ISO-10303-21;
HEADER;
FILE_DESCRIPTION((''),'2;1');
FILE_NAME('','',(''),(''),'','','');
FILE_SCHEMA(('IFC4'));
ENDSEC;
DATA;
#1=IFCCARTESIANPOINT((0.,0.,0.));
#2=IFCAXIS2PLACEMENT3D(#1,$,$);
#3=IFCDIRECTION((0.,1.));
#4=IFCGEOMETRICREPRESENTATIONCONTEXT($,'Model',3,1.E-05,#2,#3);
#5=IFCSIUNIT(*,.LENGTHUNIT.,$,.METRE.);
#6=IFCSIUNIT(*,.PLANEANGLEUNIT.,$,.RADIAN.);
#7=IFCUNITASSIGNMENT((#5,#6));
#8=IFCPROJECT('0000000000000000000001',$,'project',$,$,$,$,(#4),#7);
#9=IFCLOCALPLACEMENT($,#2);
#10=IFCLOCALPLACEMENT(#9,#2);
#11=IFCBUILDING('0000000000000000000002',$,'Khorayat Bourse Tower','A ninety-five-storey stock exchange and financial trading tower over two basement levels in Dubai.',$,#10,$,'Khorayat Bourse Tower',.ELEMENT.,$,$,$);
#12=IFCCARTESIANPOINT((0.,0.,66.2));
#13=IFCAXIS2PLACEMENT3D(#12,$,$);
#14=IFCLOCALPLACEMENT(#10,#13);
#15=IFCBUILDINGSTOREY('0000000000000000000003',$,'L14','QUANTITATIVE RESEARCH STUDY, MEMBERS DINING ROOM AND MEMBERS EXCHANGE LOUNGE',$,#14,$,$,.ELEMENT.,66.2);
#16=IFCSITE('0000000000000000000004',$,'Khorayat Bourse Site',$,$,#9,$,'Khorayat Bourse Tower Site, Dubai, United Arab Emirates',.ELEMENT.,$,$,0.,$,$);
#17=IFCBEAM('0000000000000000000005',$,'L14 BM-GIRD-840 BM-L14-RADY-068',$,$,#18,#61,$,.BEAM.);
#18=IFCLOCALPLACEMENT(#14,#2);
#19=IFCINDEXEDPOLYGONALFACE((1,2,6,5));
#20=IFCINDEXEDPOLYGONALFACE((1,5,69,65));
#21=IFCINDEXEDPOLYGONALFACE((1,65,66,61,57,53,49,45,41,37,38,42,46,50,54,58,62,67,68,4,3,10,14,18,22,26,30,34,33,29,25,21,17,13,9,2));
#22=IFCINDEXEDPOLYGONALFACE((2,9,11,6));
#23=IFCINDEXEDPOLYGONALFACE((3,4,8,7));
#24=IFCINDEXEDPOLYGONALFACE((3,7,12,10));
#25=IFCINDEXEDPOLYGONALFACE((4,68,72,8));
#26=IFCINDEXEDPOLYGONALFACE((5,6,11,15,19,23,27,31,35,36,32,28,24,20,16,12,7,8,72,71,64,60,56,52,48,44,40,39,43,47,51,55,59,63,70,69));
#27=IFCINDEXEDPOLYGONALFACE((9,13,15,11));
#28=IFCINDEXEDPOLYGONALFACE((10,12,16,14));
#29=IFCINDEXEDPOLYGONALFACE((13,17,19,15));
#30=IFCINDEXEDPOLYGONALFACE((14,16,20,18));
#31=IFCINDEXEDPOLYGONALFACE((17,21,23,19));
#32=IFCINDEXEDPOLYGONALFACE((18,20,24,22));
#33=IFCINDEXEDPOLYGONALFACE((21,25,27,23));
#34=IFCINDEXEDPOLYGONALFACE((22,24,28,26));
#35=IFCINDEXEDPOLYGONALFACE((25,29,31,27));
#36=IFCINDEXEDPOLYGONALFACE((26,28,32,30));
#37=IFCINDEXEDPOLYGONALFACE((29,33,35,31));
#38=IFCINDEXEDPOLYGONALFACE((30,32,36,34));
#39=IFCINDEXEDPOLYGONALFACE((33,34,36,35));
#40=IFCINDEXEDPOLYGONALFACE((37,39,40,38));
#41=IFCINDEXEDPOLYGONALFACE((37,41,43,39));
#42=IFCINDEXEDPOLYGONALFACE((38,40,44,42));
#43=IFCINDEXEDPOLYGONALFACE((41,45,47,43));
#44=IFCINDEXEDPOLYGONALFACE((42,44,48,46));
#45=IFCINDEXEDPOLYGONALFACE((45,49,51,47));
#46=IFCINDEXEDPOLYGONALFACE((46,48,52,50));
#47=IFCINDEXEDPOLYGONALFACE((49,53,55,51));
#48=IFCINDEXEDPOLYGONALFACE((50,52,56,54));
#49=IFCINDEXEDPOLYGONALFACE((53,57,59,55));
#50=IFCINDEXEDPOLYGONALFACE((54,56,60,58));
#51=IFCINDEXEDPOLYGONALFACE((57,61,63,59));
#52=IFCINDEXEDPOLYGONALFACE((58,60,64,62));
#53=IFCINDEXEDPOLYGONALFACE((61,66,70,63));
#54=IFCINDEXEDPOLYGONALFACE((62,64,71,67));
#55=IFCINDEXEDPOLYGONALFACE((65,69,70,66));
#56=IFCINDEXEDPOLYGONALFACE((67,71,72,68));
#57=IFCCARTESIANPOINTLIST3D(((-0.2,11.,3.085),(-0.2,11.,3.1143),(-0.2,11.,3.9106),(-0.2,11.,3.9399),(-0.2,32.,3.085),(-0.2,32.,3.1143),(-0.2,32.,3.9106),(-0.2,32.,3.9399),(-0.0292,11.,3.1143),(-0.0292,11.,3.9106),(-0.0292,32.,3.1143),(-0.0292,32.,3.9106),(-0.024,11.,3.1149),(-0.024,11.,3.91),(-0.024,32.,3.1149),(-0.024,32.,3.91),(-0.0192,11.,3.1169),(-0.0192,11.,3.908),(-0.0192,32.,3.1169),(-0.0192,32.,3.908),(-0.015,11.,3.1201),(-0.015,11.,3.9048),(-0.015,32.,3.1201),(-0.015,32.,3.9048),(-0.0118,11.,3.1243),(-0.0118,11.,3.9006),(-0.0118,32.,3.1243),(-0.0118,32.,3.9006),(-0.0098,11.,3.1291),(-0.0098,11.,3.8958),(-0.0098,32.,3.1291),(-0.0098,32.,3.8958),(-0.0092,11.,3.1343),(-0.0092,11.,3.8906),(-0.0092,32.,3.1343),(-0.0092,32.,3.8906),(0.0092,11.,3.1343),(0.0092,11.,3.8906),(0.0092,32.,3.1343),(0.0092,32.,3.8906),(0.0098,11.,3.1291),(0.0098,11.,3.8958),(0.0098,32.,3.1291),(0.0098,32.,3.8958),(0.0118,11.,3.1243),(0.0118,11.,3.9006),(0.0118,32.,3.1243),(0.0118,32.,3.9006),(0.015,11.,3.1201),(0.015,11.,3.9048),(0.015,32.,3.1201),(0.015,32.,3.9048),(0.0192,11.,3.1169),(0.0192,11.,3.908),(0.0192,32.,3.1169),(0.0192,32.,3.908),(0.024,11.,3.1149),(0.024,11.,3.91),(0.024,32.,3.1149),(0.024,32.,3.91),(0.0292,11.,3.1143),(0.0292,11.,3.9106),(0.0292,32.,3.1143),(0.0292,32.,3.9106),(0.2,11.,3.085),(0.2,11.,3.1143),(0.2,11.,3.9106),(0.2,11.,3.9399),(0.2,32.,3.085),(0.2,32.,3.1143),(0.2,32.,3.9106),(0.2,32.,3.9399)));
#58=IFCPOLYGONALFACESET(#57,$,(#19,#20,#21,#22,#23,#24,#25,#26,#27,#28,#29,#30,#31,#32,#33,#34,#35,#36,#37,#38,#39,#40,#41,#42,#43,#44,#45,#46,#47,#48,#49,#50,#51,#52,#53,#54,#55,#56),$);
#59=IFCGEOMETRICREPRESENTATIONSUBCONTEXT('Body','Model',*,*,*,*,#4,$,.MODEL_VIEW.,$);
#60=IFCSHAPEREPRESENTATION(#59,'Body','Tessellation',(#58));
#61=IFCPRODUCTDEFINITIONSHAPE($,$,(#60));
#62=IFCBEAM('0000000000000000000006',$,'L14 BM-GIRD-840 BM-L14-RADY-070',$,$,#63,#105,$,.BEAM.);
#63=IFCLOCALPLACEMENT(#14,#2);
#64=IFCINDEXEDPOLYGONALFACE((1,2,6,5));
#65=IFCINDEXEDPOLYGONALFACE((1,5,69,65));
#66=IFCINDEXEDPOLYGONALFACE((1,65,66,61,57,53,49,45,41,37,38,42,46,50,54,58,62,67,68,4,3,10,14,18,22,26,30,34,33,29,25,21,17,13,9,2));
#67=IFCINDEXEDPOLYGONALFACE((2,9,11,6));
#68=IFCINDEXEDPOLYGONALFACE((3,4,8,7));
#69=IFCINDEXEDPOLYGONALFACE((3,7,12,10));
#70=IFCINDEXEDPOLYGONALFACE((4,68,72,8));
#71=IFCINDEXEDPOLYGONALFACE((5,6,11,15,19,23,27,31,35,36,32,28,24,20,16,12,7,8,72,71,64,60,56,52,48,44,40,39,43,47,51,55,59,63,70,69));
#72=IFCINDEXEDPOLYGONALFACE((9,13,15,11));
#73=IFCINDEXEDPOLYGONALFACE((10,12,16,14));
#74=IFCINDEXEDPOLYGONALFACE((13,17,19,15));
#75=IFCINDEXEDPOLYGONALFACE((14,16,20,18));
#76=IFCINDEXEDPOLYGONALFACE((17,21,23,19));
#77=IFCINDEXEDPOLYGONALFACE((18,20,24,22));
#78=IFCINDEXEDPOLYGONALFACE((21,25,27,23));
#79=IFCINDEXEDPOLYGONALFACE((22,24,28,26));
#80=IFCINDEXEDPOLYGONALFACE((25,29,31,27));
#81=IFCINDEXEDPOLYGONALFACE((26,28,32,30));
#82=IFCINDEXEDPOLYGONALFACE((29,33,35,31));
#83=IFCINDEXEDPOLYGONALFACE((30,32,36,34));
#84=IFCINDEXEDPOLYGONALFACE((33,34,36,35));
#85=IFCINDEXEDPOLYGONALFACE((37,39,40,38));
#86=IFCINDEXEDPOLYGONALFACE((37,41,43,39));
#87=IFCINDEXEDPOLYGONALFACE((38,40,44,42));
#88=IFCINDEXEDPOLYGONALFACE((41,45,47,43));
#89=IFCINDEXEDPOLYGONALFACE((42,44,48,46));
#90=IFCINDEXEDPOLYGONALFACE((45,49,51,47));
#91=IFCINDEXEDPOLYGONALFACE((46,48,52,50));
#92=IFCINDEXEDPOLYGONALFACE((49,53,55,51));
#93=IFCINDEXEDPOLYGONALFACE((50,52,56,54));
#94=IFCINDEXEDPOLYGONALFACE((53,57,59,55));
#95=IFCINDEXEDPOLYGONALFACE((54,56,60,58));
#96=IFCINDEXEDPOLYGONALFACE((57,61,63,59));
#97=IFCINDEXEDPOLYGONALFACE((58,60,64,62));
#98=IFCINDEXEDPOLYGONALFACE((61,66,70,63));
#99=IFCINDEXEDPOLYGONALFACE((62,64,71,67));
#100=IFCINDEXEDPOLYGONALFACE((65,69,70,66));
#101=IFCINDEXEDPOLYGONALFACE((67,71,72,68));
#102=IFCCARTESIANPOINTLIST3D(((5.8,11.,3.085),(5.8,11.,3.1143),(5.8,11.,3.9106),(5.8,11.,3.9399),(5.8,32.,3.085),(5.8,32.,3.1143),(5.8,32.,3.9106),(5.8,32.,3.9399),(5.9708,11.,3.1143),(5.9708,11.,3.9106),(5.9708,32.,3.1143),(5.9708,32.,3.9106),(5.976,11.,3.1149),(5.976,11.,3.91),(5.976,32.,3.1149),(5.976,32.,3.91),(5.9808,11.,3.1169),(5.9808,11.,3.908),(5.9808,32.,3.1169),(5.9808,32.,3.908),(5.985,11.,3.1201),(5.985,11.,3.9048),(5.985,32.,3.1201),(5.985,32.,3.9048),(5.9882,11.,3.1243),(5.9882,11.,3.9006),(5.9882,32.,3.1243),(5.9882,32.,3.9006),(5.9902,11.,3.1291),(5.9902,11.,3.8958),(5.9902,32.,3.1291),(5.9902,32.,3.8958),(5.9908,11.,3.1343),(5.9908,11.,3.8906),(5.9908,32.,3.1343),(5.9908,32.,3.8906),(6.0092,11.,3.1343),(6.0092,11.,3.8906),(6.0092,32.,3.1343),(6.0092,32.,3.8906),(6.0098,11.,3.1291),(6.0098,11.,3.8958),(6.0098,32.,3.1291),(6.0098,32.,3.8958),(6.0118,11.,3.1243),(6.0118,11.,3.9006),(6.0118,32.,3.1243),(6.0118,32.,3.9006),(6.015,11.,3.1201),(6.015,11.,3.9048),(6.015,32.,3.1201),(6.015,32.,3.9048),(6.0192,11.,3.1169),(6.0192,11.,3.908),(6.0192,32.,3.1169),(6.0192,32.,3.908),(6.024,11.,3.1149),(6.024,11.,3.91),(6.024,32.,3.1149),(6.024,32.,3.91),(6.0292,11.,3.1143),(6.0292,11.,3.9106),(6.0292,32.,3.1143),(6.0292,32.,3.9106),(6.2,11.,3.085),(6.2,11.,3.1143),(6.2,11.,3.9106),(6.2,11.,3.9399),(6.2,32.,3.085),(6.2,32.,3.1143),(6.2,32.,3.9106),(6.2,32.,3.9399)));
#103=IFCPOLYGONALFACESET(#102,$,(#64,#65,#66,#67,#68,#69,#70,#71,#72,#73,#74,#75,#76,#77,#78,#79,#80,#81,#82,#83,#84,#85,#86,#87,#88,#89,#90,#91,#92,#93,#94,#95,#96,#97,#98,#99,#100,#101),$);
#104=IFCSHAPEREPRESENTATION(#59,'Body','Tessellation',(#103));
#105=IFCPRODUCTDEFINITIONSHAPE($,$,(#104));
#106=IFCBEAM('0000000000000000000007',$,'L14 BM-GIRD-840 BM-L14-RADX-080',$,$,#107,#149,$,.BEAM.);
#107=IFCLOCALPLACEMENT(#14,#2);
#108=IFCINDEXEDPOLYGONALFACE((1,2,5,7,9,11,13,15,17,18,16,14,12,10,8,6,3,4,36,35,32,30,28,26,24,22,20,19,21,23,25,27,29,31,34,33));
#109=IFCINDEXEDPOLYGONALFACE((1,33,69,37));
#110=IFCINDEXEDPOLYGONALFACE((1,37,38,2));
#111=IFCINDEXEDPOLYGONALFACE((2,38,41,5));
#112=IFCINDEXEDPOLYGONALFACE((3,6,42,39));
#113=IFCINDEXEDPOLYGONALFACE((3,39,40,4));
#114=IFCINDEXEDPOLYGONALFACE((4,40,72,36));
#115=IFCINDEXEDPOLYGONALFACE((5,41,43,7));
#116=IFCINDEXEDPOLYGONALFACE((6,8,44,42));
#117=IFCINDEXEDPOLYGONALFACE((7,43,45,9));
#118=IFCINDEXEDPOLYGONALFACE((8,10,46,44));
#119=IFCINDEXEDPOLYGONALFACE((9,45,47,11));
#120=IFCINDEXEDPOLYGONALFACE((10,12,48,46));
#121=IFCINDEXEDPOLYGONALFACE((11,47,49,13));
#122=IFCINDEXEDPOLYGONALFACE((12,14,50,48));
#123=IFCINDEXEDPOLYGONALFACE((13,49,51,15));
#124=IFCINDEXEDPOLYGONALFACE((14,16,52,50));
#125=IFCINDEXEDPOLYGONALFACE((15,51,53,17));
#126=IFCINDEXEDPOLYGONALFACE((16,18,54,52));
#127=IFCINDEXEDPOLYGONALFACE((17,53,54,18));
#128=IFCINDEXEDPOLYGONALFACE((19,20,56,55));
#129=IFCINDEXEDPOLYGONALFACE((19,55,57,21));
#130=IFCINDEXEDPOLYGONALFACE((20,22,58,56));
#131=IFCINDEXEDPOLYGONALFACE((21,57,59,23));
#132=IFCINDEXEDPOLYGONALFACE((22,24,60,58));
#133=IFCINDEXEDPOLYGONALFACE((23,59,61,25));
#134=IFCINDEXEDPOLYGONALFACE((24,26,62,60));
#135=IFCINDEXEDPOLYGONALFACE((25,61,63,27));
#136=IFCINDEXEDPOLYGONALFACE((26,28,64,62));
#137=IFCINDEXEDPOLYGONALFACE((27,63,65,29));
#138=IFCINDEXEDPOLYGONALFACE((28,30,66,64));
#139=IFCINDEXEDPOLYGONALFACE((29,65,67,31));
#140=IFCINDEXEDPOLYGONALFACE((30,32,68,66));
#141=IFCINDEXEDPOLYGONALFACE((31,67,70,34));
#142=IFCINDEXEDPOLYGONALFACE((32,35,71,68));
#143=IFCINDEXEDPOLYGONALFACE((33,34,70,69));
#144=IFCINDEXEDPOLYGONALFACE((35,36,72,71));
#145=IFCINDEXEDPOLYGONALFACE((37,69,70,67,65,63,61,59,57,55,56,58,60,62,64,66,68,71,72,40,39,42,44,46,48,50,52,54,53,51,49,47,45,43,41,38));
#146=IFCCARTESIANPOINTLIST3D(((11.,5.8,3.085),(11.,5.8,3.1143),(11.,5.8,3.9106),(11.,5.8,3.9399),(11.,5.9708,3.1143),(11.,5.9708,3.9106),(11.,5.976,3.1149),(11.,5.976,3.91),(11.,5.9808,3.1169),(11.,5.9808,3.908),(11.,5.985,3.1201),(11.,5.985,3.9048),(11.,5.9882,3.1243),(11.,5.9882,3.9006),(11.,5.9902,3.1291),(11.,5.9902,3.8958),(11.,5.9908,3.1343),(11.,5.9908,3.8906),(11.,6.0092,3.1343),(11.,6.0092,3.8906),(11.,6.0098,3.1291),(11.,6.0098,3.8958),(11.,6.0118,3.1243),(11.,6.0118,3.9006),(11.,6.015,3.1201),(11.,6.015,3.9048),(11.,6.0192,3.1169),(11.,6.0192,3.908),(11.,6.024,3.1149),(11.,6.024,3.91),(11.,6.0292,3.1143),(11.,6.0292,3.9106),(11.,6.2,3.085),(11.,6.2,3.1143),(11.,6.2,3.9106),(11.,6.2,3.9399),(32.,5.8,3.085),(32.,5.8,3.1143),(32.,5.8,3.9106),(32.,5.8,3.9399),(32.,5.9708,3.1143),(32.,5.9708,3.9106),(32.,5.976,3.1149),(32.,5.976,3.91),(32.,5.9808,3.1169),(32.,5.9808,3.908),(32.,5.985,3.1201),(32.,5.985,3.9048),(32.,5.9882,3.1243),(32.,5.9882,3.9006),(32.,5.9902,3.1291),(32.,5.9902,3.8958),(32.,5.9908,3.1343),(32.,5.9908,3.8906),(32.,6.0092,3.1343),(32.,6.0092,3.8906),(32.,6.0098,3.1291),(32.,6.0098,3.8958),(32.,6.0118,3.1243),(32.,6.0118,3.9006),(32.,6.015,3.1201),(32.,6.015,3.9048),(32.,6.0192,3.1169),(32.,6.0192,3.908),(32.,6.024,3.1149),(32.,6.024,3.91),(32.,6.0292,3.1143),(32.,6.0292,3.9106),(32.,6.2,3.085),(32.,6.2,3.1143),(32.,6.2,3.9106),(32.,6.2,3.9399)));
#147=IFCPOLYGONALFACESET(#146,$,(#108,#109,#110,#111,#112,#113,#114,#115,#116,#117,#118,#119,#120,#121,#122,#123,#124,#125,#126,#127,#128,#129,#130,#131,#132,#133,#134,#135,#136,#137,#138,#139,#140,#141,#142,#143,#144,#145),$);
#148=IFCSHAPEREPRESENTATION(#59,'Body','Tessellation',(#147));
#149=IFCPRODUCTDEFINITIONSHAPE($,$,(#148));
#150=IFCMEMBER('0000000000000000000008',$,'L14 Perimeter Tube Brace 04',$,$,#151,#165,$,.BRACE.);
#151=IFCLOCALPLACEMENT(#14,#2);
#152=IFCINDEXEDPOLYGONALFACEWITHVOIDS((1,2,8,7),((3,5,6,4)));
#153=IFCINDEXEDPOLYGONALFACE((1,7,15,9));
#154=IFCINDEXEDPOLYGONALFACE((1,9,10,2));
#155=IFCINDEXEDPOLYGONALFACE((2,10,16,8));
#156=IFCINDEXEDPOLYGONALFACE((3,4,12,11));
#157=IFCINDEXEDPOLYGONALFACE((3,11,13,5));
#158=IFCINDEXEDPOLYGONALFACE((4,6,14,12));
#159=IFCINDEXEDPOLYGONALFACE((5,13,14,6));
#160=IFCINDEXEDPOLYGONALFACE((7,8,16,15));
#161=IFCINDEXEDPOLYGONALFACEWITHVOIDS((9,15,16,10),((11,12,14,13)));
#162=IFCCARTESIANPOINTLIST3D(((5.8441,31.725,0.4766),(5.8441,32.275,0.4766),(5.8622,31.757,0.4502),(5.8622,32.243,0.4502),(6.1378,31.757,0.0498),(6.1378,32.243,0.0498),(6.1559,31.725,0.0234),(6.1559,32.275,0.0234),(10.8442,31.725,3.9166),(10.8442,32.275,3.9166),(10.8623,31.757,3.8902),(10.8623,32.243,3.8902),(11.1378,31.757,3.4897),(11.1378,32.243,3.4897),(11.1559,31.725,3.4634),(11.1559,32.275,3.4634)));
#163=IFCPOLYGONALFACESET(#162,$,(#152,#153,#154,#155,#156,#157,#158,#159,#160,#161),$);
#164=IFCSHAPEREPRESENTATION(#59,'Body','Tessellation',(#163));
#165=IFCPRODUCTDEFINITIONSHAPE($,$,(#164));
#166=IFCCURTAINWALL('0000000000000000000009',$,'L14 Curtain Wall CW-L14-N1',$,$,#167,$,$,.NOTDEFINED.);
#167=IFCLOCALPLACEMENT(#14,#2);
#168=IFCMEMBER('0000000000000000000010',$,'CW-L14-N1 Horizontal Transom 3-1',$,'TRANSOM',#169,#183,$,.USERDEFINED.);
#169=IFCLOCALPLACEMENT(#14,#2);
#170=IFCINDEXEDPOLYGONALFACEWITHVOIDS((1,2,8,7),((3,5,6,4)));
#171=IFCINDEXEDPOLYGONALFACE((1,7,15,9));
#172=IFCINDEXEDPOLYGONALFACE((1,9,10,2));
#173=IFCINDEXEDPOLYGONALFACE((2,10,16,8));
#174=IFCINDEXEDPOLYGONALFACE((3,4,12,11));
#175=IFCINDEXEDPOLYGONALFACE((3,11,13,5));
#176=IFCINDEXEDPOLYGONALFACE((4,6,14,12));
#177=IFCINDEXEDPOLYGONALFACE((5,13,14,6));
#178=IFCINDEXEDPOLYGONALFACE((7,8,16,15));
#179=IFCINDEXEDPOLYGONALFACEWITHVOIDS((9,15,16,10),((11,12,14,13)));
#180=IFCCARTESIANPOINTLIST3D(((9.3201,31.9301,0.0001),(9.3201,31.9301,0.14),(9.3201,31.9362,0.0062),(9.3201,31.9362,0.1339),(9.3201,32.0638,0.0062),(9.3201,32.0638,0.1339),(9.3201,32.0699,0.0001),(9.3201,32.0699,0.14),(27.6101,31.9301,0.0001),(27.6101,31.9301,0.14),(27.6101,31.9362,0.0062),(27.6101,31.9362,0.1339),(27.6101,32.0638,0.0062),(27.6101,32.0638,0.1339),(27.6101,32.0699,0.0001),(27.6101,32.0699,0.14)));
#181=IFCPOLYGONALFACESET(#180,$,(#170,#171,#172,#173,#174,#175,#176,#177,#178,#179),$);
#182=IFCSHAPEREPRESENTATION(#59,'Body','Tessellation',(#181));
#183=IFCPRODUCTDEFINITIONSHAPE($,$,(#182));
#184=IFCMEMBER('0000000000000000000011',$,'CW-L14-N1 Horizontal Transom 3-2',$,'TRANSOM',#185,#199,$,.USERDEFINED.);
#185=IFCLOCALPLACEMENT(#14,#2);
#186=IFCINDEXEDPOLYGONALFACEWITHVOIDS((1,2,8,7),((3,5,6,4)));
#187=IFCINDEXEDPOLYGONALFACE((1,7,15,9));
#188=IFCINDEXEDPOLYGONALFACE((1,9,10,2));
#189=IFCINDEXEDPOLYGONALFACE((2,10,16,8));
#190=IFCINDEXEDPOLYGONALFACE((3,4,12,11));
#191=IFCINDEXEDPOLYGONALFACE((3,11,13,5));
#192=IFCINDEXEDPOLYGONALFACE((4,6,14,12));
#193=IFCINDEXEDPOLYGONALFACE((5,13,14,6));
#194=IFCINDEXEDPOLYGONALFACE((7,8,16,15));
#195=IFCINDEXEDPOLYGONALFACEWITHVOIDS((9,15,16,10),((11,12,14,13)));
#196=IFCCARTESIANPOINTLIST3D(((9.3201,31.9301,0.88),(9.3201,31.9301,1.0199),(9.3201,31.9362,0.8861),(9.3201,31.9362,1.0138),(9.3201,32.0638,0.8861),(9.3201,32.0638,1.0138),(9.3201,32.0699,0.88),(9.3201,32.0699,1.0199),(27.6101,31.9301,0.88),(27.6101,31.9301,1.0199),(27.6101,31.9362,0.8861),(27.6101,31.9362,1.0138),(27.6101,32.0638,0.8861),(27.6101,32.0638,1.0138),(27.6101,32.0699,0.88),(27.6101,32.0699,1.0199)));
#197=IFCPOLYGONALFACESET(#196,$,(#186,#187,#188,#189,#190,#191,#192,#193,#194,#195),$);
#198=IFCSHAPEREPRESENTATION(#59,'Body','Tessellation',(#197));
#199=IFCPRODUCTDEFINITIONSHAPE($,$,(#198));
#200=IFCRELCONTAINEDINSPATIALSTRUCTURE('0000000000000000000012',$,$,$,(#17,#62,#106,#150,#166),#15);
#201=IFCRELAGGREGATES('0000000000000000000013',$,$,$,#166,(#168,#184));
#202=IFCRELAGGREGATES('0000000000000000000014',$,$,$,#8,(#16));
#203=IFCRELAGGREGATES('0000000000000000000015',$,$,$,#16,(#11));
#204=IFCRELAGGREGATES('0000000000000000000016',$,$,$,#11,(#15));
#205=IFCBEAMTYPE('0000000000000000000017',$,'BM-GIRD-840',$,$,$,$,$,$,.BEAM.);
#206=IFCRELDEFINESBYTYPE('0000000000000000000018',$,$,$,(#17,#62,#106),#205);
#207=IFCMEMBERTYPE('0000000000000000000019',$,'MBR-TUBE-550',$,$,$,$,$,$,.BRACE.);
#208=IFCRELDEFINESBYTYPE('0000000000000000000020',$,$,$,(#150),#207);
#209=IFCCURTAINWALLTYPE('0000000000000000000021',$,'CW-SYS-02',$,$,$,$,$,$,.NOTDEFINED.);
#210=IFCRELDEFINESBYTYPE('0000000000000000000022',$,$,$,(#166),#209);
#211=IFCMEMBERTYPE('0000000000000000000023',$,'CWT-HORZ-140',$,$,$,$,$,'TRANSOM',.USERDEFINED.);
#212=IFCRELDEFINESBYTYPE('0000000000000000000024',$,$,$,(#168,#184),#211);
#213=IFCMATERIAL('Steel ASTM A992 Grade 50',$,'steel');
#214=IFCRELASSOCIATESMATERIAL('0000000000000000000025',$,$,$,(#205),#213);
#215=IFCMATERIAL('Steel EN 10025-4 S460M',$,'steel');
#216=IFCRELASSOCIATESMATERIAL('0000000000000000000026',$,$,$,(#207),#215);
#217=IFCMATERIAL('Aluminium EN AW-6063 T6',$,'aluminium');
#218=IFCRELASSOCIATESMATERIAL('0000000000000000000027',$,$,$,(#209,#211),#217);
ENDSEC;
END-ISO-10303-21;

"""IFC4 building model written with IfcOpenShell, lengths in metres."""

from ifc_helpers import new_model, si_unit, direction, frame, origin, origin_2d, place, context, subcontext, project, spatial, hollow_rectangle, i_section, extrude, source, transform, mapped, material, material_profile, profile_set, type_object, element, aggregate, save


model = new_model("IFC4")

# Units and contexts
model_context = context("Model", 3, precision=1e-05, world=origin(), true_north=direction((0.0, 1.0)))
body_context = subcontext(model_context, "Body", "Model", "MODEL_VIEW")
ifc_project = project(units=[si_unit("LENGTHUNIT", "METRE"), si_unit("PLANEANGLEUNIT", "RADIAN")], contexts=[model_context])

# Site, building, storey
site_placement = place(None, origin())
site = spatial("IfcSite", under=ifc_project, at=site_placement, Name="Khorayat Bourse Site", LongName="Khorayat Bourse Tower Site, Dubai, United Arab Emirates", CompositionType="ELEMENT", RefElevation=0.0)
building_placement = place(site_placement, origin())
building = spatial("IfcBuilding", under=site, at=building_placement, Name="Khorayat Bourse Tower", Description="A ninety-five-storey stock exchange and financial trading tower over two basement levels in Dubai.", LongName="Khorayat Bourse Tower", CompositionType="ELEMENT")
storey_placement = place(building_placement, frame((0.0, 0.0, 66.2)))
storey = spatial("IfcBuildingStorey", under=building, at=storey_placement, Name="L14", Description="QUANTITATIVE RESEARCH STUDY, MEMBERS DINING ROOM AND MEMBERS EXCHANGE LOUNGE", CompositionType="ELEMENT", Elevation=66.2)

# Shared definitions
ifc_material_1 = material(Name="Steel EN 10025-4 S460M", Category="steel")

# Beams
ifc_material_2 = material(Name="Steel ASTM A992 Grade 50", Category="steel")
ifc_material_profile_1 = material_profile(ifc_material_2, i_section(OverallWidth=0.3999, OverallDepth=0.855, WebThickness=0.0183, FlangeThickness=0.0293, FilletRadius=0.02, at=origin_2d()), Name="W840X299")
ifc_profile_set_1 = profile_set([ifc_material_profile_1], Name="Steel ASTM A992 Grade 50")
beam_type_1 = type_object("IfcBeamType", Name="BM-GIRD-840", PredefinedType="BEAM", material=ifc_profile_set_1)
shared_shape_1 = source(origin(), body_context, "Body", "SweptSolid", [
    extrude(i_section(OverallWidth=0.3999, OverallDepth=0.855, WebThickness=0.0183, FlangeThickness=0.0293, FilletRadius=0.02, at=origin_2d()), origin(), (0.0, 0.0, 1.0), 21.0),
])
for number, where, z_axis, x_axis, name in (
    (1, (0.0, 11.0, 3.5125), (0.0, 1.0, 0.0), (-1.0, 0.0, 0.0), "L14 BM-GIRD-840 BM-L14-RADY-068"),
    (2, (6.0, 11.0, 3.5125), (0.0, 1.0, 0.0), (-1.0, 0.0, 0.0), "L14 BM-GIRD-840 BM-L14-RADY-070"),
    (3, (11.0, 6.0, 3.5125), (1.0, 0.0, 0.0), (0.0, 1.0, 0.0), "L14 BM-GIRD-840 BM-L14-RADX-080"),
):
    element("IfcBeam", number, at=place(storey_placement, frame(where, z_axis=z_axis, x_axis=x_axis)), inside=storey, type_object=beam_type_1, Name=name, PredefinedType="BEAM", context=body_context, shape_type="MappedRepresentation", body=[
        mapped(shared_shape_1, transform((0.0, 0.0, 0.0), scale=1.0)),
    ])

# Member
ifc_material_profile_2 = material_profile(ifc_material_1, hollow_rectangle(XDim=0.55, YDim=0.55, WallThickness=0.032, at=origin_2d()), Name="HSS 550x550x32")
ifc_profile_set_2 = profile_set([ifc_material_profile_2], Name="Steel EN 10025-4 S460M")
member_type_1 = type_object("IfcMemberType", Name="MBR-TUBE-550", PredefinedType="BRACE", material=ifc_profile_set_2)
shared_shape_2 = source(origin(), body_context, "Body", "SweptSolid", [
    extrude(hollow_rectangle(XDim=0.55, YDim=0.55, WallThickness=0.032, at=origin_2d()), origin(), (0.0, 0.0, 1.0), 6.0691),
])
member_1_placement = place(storey_placement, frame((6.0, 32.0, 0.25), z_axis=(0.823854, 0.0, 0.566802), x_axis=(0.0, 1.0, 0.0)))
element("IfcMember", 4, at=member_1_placement, inside=storey, type_object=member_type_1, Name="L14 Perimeter Tube Brace 04", PredefinedType="BRACE", context=body_context, shape_type="MappedRepresentation", body=[
    mapped(shared_shape_2, transform((0.0, 0.0, 0.0), scale=1.0)),
])

# Curtain wall, members
ifc_material_3 = material(Name="Aluminium EN AW-6063 T6", Category="aluminium")
curtain_wall_type = type_object("IfcCurtainWallType", Name="CW-SYS-02", PredefinedType="NOTDEFINED", material=ifc_material_3)
curtain_wall_placement = place(storey_placement, origin())
curtain_wall = element("IfcCurtainWall", 5, at=curtain_wall_placement, inside=storey, type_object=curtain_wall_type, Name="L14 Curtain Wall CW-L14-N1", PredefinedType="NOTDEFINED")
ifc_material_profile_3 = material_profile(ifc_material_3, hollow_rectangle(XDim=0.1399, YDim=0.1399, WallThickness=0.0061, at=origin_2d()), Name="ALU 140x140x6")
ifc_profile_set_3 = profile_set([ifc_material_profile_3], Name="Aluminium EN AW-6063 T6")
member_type_2 = type_object("IfcMemberType", Name="CWT-HORZ-140", ElementType="TRANSOM", PredefinedType="USERDEFINED", material=ifc_profile_set_3)
shared_shape_3 = source(origin(), body_context, "Body", "SweptSolid", [
    extrude(hollow_rectangle(XDim=0.1399, YDim=0.1399, WallThickness=0.0061, at=origin_2d()), origin(), (0.0, 0.0, 1.0), 18.29),
])
member_2_placement = place(storey_placement, frame((9.3201, 32.0, 0.0701), z_axis=(1.0, 0.0, 0.0), x_axis=(0.0, 1.0, 0.0)))
member_2 = element("IfcMember", 6, at=member_2_placement, type_object=member_type_2, Name="CW-L14-N1 Horizontal Transom 3-1", ObjectType="TRANSOM", PredefinedType="USERDEFINED", context=body_context, shape_type="MappedRepresentation", body=[
    mapped(shared_shape_3, transform((0.0, 0.0, 0.0), scale=1.0)),
])
member_3_placement = place(storey_placement, frame((9.3201, 32.0, 0.95), z_axis=(1.0, 0.0, 0.0), x_axis=(0.0, 1.0, 0.0)))
member_3 = element("IfcMember", 7, at=member_3_placement, type_object=member_type_2, Name="CW-L14-N1 Horizontal Transom 3-2", ObjectType="TRANSOM", PredefinedType="USERDEFINED", context=body_context, shape_type="MappedRepresentation", body=[
    mapped(shared_shape_3, transform((0.0, 0.0, 0.0), scale=1.0)),
])

aggregate(curtain_wall, [member_2, member_3])

save(model, "model.ifc")
